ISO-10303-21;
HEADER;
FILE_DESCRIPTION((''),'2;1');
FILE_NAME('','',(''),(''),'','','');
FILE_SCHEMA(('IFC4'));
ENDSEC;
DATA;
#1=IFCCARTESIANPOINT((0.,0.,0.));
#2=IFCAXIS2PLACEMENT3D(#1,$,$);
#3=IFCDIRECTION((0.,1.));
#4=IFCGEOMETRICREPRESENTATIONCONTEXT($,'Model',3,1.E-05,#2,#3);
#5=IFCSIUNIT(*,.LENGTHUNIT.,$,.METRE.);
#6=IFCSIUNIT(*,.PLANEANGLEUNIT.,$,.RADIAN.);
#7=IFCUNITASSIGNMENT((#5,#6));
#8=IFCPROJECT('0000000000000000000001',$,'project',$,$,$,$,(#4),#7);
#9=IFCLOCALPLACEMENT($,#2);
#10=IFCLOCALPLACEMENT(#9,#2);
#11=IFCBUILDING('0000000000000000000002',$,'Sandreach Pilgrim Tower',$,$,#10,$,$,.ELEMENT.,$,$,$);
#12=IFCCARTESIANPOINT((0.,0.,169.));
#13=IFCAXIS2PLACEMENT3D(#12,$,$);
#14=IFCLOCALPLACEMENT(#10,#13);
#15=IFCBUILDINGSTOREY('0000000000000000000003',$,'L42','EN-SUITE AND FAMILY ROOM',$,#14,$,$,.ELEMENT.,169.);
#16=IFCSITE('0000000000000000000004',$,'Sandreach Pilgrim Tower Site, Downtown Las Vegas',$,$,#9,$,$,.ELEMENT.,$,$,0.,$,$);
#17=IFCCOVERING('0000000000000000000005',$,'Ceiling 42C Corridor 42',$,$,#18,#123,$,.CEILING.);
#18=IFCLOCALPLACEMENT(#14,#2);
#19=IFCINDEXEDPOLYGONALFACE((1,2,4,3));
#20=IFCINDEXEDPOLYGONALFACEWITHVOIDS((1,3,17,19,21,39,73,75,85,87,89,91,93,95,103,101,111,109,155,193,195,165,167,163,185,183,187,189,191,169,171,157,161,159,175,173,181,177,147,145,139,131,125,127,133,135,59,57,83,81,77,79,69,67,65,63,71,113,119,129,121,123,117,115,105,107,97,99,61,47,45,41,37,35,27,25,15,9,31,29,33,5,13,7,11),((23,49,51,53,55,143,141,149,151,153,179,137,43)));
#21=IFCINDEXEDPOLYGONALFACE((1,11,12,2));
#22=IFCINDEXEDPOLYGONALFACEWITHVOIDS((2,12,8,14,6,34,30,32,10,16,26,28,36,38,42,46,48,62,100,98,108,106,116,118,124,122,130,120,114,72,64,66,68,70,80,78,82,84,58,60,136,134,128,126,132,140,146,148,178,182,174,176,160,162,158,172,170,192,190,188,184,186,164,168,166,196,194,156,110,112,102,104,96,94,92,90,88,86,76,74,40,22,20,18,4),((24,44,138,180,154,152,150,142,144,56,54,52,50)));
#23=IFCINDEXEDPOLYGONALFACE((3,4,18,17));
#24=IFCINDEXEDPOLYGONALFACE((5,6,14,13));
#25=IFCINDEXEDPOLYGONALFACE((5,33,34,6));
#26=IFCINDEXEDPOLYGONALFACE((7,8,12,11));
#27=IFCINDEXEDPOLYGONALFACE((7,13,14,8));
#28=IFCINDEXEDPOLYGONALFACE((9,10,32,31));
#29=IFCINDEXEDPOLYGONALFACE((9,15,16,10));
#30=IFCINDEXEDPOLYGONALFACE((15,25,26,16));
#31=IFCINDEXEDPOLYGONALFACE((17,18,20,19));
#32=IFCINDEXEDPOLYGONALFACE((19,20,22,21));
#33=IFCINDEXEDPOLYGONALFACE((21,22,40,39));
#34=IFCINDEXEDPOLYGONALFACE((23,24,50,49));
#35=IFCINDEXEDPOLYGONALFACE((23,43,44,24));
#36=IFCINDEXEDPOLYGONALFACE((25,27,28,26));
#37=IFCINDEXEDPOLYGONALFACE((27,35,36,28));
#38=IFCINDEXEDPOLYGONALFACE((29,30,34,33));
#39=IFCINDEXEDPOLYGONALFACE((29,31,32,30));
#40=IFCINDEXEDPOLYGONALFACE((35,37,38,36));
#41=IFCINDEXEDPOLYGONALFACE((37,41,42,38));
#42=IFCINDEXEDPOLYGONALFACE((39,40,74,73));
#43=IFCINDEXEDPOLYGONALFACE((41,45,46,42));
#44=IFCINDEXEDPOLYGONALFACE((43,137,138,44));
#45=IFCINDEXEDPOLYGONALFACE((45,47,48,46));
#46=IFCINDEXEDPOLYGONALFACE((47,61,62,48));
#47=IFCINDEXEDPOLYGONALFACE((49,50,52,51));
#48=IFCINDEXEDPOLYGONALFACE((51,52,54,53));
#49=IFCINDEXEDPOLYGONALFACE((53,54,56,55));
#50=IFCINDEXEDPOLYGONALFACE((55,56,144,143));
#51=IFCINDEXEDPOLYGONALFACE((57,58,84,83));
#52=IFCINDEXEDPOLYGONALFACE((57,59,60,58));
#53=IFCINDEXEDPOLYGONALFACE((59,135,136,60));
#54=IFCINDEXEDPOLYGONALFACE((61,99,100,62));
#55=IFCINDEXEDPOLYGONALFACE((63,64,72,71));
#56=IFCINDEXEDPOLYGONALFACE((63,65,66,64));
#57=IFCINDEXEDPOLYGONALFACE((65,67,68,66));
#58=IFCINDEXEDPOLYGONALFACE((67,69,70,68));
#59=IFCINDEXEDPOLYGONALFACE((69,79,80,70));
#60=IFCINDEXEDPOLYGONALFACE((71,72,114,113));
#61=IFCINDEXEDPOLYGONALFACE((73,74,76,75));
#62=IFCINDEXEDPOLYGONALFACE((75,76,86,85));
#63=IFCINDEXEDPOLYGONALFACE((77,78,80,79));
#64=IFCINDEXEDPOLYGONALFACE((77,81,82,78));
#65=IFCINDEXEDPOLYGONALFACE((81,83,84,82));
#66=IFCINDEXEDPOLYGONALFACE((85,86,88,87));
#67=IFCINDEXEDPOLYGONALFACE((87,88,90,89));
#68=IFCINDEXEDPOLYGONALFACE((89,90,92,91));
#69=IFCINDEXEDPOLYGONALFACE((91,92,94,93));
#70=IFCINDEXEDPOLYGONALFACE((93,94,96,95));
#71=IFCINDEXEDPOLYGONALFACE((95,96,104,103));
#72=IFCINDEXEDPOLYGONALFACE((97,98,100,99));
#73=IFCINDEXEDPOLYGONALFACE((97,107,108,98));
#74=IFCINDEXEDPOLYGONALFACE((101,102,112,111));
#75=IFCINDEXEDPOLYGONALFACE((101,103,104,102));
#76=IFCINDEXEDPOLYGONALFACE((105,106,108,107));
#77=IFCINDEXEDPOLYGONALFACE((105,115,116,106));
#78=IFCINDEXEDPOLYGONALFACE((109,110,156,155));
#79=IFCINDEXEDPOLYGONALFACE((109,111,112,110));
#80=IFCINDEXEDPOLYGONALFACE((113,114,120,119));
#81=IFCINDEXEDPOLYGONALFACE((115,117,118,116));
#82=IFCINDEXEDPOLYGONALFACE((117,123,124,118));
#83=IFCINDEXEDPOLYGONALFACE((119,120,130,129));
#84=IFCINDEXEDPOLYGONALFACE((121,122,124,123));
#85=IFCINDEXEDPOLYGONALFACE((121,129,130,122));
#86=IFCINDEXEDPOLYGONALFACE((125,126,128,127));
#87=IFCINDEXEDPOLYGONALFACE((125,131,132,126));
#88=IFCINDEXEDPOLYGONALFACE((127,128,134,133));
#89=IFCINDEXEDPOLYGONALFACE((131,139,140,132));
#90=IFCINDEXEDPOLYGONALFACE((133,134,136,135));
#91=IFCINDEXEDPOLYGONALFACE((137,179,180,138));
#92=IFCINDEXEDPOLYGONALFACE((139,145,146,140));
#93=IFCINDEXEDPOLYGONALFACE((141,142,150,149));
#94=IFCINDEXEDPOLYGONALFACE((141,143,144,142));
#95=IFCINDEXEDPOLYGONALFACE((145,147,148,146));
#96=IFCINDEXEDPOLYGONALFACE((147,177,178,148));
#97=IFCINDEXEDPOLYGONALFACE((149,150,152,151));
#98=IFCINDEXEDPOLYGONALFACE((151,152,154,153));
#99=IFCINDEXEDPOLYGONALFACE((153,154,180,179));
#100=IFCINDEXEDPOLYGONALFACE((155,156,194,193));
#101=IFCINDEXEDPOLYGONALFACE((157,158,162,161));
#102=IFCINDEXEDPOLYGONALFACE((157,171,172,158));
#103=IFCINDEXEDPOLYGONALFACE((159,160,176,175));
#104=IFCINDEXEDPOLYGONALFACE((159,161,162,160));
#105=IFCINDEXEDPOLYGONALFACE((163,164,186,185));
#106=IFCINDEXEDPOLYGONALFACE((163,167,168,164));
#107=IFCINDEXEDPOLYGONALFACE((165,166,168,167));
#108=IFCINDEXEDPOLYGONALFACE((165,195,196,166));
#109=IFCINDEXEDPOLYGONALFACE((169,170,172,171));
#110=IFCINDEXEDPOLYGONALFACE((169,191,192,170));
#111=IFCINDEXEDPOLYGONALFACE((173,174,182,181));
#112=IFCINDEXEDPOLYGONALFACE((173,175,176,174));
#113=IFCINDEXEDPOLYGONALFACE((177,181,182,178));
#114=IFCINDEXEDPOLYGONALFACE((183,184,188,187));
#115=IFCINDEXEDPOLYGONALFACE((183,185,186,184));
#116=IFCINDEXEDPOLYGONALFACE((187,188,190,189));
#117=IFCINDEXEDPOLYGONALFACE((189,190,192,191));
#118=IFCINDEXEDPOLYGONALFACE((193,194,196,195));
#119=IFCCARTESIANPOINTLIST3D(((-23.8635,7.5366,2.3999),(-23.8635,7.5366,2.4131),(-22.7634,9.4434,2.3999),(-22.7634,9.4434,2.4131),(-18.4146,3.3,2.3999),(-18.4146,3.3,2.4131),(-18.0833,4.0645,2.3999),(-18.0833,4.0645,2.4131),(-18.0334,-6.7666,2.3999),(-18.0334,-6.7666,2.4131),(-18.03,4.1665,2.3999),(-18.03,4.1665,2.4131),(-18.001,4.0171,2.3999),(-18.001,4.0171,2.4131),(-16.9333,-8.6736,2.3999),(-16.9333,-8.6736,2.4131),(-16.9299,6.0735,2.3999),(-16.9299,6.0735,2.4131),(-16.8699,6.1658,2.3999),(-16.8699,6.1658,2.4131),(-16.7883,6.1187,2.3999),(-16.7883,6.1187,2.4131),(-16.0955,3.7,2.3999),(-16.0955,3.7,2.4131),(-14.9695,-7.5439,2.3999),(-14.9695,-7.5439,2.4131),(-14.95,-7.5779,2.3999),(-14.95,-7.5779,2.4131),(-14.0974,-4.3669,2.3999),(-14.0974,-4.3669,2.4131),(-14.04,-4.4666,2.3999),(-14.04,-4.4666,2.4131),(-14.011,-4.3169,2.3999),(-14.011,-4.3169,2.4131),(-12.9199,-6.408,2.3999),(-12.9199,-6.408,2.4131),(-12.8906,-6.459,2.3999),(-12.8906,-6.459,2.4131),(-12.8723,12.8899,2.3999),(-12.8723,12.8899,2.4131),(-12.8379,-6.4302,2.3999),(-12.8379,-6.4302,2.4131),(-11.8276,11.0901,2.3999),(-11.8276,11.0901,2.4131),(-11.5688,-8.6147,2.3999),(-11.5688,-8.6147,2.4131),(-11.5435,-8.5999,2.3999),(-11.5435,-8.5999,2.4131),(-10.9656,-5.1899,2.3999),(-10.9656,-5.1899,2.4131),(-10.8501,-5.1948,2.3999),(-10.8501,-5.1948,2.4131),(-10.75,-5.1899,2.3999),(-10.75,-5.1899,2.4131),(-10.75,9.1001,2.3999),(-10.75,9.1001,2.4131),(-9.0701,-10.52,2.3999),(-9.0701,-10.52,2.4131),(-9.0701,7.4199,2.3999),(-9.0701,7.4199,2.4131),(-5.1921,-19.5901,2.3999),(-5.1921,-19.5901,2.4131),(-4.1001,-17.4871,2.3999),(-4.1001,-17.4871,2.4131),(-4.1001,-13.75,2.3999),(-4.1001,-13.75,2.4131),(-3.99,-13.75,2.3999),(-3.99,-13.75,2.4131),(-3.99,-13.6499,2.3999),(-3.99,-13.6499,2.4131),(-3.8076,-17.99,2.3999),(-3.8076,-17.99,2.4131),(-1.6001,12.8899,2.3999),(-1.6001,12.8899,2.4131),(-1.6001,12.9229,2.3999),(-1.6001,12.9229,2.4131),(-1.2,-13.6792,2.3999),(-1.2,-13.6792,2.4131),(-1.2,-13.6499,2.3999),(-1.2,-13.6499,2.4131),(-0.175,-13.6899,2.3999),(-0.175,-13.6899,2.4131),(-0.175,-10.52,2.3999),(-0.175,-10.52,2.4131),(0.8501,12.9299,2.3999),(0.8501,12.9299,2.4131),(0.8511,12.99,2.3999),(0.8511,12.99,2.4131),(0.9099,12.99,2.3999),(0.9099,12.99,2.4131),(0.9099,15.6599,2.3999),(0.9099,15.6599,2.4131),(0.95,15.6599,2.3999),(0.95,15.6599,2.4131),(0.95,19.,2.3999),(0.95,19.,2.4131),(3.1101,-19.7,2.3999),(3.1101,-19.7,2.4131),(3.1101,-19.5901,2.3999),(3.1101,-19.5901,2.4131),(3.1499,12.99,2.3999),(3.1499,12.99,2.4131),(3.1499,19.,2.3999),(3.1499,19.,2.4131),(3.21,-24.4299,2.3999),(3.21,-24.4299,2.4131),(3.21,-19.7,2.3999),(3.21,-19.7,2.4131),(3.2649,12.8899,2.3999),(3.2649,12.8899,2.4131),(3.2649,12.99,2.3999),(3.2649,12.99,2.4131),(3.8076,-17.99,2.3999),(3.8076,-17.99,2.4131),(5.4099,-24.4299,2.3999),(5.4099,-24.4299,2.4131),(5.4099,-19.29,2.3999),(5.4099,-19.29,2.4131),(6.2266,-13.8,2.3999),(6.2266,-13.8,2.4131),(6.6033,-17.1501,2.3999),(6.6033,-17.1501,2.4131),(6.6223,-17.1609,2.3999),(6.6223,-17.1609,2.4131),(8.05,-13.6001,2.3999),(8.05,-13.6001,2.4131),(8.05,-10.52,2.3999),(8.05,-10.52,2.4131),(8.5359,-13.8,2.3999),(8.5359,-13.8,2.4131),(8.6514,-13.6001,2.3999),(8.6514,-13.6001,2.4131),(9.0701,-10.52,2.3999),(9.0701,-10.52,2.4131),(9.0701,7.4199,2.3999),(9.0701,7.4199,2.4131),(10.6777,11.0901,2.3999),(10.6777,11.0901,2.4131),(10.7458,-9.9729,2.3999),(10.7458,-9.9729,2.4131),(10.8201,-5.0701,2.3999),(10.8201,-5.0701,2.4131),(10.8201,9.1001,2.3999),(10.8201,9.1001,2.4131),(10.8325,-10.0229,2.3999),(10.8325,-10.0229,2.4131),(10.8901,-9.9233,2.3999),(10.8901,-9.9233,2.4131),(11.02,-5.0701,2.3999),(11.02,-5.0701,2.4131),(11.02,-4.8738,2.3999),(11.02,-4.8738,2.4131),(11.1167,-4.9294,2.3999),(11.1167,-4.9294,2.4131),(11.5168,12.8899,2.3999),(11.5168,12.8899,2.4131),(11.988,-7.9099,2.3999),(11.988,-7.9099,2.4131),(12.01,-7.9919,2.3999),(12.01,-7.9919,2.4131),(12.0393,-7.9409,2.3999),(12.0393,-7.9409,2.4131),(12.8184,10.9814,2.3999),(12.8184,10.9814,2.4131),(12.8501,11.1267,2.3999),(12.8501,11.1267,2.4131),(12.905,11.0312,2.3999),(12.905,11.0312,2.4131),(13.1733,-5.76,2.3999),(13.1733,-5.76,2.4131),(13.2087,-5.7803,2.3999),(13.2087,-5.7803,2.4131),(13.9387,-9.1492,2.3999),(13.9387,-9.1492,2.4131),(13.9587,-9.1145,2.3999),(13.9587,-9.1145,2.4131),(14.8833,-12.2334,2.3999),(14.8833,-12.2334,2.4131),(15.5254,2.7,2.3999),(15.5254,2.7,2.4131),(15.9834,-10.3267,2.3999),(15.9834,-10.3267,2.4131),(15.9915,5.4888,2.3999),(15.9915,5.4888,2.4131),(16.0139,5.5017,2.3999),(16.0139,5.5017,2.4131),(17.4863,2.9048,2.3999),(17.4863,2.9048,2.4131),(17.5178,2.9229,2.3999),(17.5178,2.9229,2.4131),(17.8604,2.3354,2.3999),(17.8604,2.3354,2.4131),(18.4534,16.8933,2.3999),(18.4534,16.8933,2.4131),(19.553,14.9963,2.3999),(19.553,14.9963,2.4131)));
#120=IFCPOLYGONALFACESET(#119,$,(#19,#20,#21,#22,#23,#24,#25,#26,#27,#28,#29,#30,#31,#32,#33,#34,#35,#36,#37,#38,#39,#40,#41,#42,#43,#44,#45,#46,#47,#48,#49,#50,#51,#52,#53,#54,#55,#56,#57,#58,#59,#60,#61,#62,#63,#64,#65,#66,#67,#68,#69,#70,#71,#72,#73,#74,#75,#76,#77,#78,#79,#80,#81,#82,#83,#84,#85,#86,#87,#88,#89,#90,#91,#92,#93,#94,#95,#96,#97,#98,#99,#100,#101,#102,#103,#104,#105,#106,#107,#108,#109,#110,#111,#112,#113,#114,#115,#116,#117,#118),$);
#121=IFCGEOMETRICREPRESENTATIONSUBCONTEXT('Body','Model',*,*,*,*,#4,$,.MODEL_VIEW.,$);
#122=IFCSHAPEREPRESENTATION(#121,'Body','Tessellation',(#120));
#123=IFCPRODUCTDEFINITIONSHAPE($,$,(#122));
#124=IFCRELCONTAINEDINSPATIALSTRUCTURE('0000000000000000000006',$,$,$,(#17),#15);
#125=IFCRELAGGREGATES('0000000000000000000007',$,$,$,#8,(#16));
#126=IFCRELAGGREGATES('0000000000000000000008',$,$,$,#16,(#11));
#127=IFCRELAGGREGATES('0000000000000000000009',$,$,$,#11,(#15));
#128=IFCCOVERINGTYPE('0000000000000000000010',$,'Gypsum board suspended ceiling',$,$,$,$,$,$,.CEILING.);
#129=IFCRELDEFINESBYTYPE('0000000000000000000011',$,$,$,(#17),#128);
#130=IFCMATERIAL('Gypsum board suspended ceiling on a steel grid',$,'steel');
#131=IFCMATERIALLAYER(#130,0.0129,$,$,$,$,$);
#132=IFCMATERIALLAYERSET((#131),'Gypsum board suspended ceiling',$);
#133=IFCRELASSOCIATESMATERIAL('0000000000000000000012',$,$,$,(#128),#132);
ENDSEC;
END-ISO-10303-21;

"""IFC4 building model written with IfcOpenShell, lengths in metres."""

from ifc_helpers import new_model, si_unit, direction, frame, origin, place, context, subcontext, project, spatial, polyline, outline, extrude, material, layer, layer_set, type_object, element, save


model = new_model("IFC4")

# Units and contexts
model_context = context("Model", 3, precision=1e-05, world=origin(), true_north=direction((0.0, 1.0)))
body_context = subcontext(model_context, "Body", "Model", "MODEL_VIEW")
ifc_project = project(units=[si_unit("LENGTHUNIT", "METRE"), si_unit("PLANEANGLEUNIT", "RADIAN")], contexts=[model_context])

# Site, building, storey
site_placement = place(None, origin())
site = spatial("IfcSite", under=ifc_project, at=site_placement, Name="Sandreach Pilgrim Tower Site, Downtown Las Vegas", CompositionType="ELEMENT", RefElevation=0.0)
building_placement = place(site_placement, origin())
building = spatial("IfcBuilding", under=site, at=building_placement, Name="Sandreach Pilgrim Tower", CompositionType="ELEMENT")
storey_placement = place(building_placement, frame((0.0, 0.0, 169.0)))
storey = spatial("IfcBuildingStorey", under=building, at=storey_placement, Name="L42", Description="EN-SUITE AND FAMILY ROOM", CompositionType="ELEMENT", Elevation=169.0)

# Covering
ifc_material_1 = material(Name="Gypsum board suspended ceiling on a steel grid", Category="steel")
ifc_layer_1 = layer(ifc_material_1, 0.0129)
ifc_layer_set_1 = layer_set([ifc_layer_1], Name="Gypsum board suspended ceiling")
covering_type_1 = type_object("IfcCoveringType", Name="Gypsum board suspended ceiling", PredefinedType="CEILING", material=ifc_layer_set_1)
covering_1_placement = place(storey_placement, frame((0.0, 0.0, 2.3999)))
element("IfcCovering", 1, at=covering_1_placement, inside=storey, type_object=covering_type_1, Name="Ceiling 42C Corridor 42", PredefinedType="CEILING", context=body_context, shape_type="SweptSolid", body=[
    extrude(outline(polyline([(-18.03, 4.1665), (-23.8635, 7.5366), (-22.7634, 9.4434), (-16.9299, 6.0735), (-16.8699, 6.1658), (-16.7883, 6.1187), (-12.8723, 12.8899), (-1.6001, 12.8899), (-1.6001, 12.9229), (0.8501, 12.9299), (0.8511, 12.99), (0.9099, 12.99), (0.9099, 15.6599), (0.95, 15.6599), (0.95, 19.0), (3.1499, 19.0), (3.1499, 12.99), (3.2649, 12.99), (3.2649, 12.8899), (11.5168, 12.8899), (18.4534, 16.8933), (19.553, 14.9963), (12.8501, 11.1267), (12.905, 11.0312), (12.8184, 10.9814), (16.0139, 5.5017), (15.9915, 5.4888), (17.4863, 2.9048), (17.5178, 2.9229), (17.8604, 2.3354), (13.1733, -5.76), (13.2087, -5.7803), (11.988, -7.9099), (12.0393, -7.9409), (12.01, -7.9919), (13.9587, -9.1145), (13.9387, -9.1492), (15.9834, -10.3267), (14.8833, -12.2334), (10.8901, -9.9233), (10.8325, -10.0229), (10.7458, -9.9729), (8.6514, -13.6001), (8.05, -13.6001), (8.05, -10.52), (9.0701, -10.52), (9.0701, 7.4199), (-9.0701, 7.4199), (-9.0701, -10.52), (-0.175, -10.52), (-0.175, -13.6899), (-1.2, -13.6792), (-1.2, -13.6499), (-3.99, -13.6499), (-3.99, -13.75), (-4.1001, -13.75), (-4.1001, -17.4871), (-3.8076, -17.99), (3.8076, -17.99), (6.2266, -13.8), (8.5359, -13.8), (6.6033, -17.1501), (6.6223, -17.1609), (5.4099, -19.29), (5.4099, -24.4299), (3.21, -24.4299), (3.21, -19.7), (3.1101, -19.7), (3.1101, -19.5901), (-5.1921, -19.5901), (-11.5435, -8.5999), (-11.5688, -8.6147), (-12.8379, -6.4302), (-12.8906, -6.459), (-12.9199, -6.408), (-14.95, -7.5779), (-14.9695, -7.5439), (-16.9333, -8.6736), (-18.0334, -6.7666), (-14.04, -4.4666), (-14.0974, -4.3669), (-14.011, -4.3169), (-18.4146, 3.3), (-18.001, 4.0171), (-18.0833, 4.0645), (-18.03, 4.1665)]), holes=[polyline([(-16.0955, 3.7), (-10.9656, -5.1899), (-10.8501, -5.1948), (-10.75, -5.1899), (-10.75, 9.1001), (10.8201, 9.1001), (10.8201, -5.0701), (11.02, -5.0701), (11.02, -4.8738), (11.1167, -4.9294), (15.5254, 2.7), (10.6777, 11.0901), (-11.8276, 11.0901), (-16.0955, 3.7)])]), origin(), (0.0, 0.0, 1.0), 0.0132),
])

save(model, "model.ifc")
